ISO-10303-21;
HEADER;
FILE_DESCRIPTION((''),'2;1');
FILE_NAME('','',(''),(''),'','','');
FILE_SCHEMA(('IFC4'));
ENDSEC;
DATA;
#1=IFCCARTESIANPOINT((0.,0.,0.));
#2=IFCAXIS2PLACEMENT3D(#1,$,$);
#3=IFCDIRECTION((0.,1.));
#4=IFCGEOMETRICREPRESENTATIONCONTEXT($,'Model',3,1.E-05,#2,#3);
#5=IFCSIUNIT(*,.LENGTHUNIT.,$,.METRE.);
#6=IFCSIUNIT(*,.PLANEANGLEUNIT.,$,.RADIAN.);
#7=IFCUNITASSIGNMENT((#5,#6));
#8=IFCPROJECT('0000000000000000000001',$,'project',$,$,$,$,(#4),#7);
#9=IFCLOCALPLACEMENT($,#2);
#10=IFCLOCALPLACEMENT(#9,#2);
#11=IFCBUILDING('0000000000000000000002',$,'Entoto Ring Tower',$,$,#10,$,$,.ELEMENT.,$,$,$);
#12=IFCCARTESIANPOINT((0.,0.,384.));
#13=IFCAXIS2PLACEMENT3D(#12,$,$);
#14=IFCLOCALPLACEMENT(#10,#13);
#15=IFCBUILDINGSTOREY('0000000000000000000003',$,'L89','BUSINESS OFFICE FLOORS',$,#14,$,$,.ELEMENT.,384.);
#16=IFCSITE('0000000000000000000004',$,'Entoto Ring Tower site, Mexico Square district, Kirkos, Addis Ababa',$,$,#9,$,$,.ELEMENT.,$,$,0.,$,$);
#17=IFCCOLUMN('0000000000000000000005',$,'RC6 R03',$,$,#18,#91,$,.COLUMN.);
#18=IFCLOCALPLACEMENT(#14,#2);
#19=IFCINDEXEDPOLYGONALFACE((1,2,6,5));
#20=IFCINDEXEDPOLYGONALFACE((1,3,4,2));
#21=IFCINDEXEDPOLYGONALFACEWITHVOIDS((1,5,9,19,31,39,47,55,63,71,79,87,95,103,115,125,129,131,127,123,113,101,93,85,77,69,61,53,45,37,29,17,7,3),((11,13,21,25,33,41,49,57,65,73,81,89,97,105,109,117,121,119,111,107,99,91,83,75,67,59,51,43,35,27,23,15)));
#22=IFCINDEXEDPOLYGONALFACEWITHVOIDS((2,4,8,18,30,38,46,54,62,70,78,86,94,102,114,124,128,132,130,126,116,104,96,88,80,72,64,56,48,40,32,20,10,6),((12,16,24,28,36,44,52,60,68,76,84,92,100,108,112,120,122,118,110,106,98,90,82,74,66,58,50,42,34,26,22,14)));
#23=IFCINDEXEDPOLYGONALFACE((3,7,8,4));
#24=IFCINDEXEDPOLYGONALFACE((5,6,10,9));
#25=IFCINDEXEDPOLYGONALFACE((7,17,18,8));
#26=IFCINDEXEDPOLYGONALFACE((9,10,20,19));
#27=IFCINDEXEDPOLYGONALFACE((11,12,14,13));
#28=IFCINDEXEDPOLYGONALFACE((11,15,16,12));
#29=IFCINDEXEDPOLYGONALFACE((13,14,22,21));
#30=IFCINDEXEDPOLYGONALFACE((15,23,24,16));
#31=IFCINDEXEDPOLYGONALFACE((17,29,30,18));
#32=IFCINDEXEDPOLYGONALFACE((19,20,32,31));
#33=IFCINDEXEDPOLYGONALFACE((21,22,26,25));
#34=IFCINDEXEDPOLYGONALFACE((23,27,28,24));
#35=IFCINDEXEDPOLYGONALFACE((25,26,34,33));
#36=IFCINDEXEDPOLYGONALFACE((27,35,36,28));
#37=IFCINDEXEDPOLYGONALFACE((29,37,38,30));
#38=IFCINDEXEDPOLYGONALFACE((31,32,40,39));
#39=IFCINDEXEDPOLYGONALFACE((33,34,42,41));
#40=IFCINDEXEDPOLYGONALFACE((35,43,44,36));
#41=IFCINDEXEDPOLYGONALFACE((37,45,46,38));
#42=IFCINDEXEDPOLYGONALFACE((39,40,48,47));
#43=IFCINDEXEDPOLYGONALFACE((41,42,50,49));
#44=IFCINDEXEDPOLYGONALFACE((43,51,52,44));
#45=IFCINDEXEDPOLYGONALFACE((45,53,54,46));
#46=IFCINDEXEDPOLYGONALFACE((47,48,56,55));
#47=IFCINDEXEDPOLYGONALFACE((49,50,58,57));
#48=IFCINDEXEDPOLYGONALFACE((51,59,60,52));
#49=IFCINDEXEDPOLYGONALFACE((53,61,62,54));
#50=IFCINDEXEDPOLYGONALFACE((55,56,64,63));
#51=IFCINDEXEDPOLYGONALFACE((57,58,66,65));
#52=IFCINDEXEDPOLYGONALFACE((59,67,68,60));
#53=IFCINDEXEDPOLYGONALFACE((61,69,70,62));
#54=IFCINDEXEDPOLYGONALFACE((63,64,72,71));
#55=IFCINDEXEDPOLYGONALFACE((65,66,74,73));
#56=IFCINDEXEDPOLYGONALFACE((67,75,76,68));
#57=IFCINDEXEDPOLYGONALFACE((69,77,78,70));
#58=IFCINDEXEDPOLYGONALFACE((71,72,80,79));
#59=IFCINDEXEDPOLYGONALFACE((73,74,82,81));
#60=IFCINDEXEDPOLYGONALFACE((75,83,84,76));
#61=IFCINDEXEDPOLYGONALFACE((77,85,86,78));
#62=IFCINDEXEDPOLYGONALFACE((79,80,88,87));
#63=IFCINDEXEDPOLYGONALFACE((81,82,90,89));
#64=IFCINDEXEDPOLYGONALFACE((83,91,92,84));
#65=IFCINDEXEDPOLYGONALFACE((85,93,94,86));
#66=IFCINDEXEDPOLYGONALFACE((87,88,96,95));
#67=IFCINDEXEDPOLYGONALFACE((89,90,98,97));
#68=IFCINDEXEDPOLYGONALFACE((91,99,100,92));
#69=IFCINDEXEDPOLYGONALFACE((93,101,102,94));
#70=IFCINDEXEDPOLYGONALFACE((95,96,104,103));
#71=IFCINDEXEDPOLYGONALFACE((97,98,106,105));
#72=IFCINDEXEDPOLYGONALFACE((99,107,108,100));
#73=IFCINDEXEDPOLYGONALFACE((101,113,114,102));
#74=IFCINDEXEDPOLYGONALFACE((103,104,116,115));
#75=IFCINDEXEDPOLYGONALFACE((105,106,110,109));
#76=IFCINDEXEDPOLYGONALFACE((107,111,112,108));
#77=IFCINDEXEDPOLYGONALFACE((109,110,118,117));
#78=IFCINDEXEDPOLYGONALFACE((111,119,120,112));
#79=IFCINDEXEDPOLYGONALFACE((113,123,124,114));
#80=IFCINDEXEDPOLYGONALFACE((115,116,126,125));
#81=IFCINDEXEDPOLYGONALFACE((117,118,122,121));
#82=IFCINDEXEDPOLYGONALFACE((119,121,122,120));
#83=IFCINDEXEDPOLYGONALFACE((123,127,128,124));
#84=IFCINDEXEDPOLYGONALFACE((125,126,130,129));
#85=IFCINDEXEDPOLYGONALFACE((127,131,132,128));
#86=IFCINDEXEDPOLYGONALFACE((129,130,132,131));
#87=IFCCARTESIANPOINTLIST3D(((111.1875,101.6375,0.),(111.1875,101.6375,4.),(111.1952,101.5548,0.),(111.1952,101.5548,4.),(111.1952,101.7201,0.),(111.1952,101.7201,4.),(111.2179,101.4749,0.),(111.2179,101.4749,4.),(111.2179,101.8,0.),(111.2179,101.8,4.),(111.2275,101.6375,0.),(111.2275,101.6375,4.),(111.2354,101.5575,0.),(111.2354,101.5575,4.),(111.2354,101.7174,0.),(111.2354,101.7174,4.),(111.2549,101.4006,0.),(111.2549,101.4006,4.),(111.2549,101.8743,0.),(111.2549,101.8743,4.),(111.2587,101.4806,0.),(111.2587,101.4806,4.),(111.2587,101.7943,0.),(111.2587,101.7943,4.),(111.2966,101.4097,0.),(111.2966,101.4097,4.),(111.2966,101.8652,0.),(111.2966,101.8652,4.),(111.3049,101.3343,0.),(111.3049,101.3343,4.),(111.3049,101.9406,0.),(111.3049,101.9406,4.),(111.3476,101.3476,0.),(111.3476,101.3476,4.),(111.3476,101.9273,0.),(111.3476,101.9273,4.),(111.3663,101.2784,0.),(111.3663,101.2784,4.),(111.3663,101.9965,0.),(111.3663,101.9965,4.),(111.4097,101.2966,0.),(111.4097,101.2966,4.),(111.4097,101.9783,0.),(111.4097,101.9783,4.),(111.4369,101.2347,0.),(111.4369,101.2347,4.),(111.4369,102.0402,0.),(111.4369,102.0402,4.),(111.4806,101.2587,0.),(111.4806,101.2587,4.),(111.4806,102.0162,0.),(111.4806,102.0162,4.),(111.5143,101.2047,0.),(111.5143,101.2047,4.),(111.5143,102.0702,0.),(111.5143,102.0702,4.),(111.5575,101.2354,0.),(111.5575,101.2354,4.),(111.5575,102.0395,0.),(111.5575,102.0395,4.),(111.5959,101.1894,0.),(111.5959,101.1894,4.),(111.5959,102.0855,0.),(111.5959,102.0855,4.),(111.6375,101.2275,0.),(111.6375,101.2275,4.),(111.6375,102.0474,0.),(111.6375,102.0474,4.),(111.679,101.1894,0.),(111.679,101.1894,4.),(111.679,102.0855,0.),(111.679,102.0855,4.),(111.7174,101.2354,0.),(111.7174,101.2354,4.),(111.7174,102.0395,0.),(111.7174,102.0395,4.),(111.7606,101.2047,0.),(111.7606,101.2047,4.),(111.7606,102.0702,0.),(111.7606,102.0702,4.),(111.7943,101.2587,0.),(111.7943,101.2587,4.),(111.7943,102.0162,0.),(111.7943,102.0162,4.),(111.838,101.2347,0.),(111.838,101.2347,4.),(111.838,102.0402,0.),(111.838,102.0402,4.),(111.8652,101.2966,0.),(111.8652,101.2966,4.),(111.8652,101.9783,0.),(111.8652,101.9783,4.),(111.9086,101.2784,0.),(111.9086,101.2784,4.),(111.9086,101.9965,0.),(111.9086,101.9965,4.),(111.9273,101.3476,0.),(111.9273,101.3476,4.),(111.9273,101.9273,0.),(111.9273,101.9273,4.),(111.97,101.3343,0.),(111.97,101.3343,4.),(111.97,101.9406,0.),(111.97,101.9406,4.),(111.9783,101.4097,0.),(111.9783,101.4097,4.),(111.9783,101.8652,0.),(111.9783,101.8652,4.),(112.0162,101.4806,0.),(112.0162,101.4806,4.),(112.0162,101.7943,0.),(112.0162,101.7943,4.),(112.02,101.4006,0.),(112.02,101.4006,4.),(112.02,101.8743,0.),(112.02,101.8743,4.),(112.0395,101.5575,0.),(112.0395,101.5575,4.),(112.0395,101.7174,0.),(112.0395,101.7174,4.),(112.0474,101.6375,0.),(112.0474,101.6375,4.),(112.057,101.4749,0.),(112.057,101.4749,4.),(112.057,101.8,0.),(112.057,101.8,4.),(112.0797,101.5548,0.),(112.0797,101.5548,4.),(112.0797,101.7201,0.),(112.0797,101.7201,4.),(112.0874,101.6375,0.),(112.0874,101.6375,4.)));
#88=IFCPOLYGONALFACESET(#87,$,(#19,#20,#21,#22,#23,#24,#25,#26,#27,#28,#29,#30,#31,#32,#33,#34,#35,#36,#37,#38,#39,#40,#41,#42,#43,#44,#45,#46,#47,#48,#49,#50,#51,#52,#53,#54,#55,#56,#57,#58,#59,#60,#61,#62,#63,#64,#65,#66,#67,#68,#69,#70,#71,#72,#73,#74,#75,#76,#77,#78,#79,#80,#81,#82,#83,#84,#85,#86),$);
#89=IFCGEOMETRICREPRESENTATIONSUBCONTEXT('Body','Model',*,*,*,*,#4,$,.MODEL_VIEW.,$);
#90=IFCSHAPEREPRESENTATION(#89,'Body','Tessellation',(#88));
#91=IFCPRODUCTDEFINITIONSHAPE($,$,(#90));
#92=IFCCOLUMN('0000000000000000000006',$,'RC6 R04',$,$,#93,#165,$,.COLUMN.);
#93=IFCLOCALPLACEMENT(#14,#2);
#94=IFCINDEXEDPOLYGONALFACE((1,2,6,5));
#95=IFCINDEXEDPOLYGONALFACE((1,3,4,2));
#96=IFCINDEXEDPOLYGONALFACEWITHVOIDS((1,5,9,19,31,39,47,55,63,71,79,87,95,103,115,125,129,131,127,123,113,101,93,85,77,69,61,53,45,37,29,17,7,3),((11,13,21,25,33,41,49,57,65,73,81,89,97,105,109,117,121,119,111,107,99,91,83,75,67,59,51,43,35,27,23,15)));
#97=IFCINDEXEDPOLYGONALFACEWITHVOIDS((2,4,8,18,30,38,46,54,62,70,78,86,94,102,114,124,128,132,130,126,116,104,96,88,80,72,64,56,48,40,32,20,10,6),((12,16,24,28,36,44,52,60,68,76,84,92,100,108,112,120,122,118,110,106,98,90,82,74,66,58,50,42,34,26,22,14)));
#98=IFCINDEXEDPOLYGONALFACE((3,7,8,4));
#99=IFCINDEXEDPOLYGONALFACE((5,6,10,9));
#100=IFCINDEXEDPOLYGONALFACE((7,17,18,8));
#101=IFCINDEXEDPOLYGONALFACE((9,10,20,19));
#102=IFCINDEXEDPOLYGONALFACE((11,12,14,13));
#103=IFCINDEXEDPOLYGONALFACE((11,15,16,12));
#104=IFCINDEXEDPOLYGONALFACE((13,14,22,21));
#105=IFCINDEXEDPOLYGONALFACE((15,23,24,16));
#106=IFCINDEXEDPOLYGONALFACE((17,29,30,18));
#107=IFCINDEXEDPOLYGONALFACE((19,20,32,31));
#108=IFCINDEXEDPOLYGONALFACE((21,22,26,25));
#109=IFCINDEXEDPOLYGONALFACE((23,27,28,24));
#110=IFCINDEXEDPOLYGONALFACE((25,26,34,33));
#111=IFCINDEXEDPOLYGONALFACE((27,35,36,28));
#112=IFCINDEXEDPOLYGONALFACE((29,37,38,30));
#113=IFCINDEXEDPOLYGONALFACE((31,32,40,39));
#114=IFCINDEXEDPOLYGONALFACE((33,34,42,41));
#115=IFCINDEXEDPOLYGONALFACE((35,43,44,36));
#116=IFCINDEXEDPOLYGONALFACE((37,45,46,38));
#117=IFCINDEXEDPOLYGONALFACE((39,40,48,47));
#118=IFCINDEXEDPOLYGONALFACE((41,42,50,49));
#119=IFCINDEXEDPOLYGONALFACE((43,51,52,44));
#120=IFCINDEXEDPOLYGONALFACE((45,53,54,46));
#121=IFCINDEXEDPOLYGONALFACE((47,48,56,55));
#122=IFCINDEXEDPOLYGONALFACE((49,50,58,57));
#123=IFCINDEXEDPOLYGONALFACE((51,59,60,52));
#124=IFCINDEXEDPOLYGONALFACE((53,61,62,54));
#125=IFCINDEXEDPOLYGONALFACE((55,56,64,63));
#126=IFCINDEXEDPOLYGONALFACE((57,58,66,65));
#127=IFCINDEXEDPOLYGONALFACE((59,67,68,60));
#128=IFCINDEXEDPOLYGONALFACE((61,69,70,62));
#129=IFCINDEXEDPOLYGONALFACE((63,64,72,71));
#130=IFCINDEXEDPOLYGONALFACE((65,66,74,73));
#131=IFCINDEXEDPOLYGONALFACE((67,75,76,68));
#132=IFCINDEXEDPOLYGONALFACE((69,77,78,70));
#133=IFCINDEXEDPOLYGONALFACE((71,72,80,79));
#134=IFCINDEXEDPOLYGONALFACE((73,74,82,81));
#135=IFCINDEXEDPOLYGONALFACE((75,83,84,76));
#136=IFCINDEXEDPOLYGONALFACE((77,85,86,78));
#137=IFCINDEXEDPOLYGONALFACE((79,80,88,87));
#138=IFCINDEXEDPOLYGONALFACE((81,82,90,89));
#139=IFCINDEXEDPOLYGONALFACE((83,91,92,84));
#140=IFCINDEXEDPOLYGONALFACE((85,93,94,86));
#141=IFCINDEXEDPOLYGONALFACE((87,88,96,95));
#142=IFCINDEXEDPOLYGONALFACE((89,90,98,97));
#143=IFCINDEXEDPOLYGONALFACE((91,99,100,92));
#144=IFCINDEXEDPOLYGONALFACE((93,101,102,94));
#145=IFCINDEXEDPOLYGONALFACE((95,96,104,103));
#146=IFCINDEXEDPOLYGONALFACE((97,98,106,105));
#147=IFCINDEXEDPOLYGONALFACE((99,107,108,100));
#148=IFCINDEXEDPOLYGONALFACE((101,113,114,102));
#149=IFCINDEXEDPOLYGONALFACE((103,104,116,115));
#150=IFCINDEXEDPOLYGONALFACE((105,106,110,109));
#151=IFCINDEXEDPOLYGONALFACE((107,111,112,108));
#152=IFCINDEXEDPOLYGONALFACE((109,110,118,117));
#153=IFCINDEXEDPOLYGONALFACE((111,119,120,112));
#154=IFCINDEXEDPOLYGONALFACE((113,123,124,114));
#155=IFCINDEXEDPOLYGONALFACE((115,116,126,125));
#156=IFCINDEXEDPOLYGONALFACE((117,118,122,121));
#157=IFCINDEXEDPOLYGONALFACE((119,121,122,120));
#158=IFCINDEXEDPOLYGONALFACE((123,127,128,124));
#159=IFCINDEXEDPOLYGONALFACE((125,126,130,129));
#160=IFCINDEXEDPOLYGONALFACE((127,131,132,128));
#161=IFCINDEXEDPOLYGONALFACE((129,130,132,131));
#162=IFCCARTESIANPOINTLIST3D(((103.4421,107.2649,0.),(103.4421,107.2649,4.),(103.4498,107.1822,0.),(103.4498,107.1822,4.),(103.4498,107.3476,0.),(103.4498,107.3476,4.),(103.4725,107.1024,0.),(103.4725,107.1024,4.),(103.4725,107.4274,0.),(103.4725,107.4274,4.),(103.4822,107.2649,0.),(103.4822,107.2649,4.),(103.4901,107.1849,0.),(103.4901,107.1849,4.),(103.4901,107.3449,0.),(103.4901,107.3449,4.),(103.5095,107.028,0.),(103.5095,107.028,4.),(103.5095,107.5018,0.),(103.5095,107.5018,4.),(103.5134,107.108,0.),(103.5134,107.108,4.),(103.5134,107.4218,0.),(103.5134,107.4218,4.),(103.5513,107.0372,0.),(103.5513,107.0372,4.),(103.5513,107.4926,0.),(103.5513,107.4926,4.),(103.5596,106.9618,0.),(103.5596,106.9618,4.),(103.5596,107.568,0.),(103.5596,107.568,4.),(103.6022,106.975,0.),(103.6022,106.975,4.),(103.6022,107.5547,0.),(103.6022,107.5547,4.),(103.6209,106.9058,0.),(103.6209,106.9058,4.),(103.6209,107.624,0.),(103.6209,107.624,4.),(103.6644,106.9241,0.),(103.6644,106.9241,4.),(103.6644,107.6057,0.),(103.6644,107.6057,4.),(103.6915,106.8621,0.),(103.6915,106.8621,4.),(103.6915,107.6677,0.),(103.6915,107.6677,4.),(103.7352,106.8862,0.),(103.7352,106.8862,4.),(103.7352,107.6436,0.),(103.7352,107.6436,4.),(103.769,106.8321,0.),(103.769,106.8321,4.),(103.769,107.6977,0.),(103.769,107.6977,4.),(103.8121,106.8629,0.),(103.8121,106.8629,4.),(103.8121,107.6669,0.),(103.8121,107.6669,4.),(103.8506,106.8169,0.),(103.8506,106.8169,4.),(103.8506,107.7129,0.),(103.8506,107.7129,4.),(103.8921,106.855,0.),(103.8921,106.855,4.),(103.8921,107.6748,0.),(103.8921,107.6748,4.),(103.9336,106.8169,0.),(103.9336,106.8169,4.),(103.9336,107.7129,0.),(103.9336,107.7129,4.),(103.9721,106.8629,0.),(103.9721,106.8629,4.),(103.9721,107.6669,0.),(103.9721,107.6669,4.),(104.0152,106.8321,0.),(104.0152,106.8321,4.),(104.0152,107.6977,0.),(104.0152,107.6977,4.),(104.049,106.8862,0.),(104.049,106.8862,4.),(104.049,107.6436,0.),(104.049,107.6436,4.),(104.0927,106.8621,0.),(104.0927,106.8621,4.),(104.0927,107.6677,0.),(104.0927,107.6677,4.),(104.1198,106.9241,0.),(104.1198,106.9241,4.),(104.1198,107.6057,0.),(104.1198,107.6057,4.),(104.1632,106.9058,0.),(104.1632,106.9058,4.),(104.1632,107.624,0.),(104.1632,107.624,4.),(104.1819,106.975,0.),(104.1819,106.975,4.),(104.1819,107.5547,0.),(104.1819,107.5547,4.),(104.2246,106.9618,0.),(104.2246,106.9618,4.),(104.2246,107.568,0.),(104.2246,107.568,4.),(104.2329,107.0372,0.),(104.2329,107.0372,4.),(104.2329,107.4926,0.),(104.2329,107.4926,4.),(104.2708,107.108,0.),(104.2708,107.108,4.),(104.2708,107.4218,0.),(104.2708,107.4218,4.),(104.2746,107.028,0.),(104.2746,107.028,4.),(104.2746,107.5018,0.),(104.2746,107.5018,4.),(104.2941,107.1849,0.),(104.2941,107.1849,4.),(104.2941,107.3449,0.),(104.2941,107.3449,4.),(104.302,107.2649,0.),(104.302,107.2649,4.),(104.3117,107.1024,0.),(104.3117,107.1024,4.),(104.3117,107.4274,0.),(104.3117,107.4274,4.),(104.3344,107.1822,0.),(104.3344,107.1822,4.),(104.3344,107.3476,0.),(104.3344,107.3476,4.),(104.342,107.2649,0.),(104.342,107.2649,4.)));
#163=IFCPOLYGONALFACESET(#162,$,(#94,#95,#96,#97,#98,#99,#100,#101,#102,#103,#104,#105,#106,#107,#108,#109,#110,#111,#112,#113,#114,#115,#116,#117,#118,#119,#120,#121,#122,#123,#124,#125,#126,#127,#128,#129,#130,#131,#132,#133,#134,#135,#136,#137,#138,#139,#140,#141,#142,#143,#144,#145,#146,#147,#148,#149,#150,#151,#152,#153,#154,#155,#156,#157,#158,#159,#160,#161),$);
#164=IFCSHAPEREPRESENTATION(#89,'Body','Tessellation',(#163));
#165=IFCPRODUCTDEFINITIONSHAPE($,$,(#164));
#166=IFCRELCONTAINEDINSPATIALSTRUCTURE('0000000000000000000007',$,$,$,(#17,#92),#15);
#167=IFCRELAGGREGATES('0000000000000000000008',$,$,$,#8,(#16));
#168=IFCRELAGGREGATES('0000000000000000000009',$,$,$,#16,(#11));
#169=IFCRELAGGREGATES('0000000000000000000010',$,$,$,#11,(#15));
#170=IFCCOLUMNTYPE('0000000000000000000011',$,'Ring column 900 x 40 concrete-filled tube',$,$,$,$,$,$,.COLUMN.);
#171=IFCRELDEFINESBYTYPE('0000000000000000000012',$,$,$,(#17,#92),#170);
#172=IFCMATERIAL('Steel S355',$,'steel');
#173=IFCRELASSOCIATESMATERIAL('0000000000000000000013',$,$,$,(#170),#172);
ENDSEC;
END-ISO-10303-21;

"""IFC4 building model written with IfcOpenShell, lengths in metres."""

from ifc_helpers import new_model, si_unit, direction, frame, origin, origin_2d, place, context, subcontext, project, spatial, circle, hollow_circle, extrude, material, material_profile, profile_set, type_object, element, save


model = new_model("IFC4")

# Units and contexts
model_context = context("Model", 3, precision=1e-05, world=origin(), true_north=direction((0.0, 1.0)))
body_context = subcontext(model_context, "Body", "Model", "MODEL_VIEW")
ifc_project = project(units=[si_unit("LENGTHUNIT", "METRE"), si_unit("PLANEANGLEUNIT", "RADIAN")], contexts=[model_context])

# Site, building, storey
site_placement = place(None, origin())
site = spatial("IfcSite", under=ifc_project, at=site_placement, Name="Entoto Ring Tower site, Mexico Square district, Kirkos, Addis Ababa", CompositionType="ELEMENT", RefElevation=0.0)
building_placement = place(site_placement, origin())
building = spatial("IfcBuilding", under=site, at=building_placement, Name="Entoto Ring Tower", CompositionType="ELEMENT")
storey_placement = place(building_placement, frame((0.0, 0.0, 384.0)))
storey = spatial("IfcBuildingStorey", under=building, at=storey_placement, Name="L89", Description="BUSINESS OFFICE FLOORS", CompositionType="ELEMENT", Elevation=384.0)

# Columns
ifc_material_1 = material(Name="Steel S355", Category="steel")
ifc_material_profile_1 = material_profile(ifc_material_1, hollow_circle(Radius=0.45, WallThickness=0.04, at=origin_2d()), Name="CHS 900 x 40")
ifc_material_2 = material(Name="Concrete C60/75", Category="concrete")
ifc_material_profile_2 = material_profile(ifc_material_2, circle(Radius=0.4099, at=origin_2d()), Name="Concrete C60/75 infill")
ifc_profile_set_1 = profile_set([ifc_material_profile_1, ifc_material_profile_2], Name="Steel S355")
column_type = type_object("IfcColumnType", Name="Ring column 900 x 40 concrete-filled tube", PredefinedType="COLUMN", material=ifc_profile_set_1)
for number, where, z_axis, x_axis, name in (
    (1, (111.6375, 101.6375, 0.0), (0.0, 0.0, 1.0), (1.0, 0.0, 0.0), "RC6 R03"),
    (2, (103.8921, 107.2649, 0.0), (0.0, 0.0, 1.0), (1.0, 0.0, 0.0), "RC6 R04"),
):
    element("IfcColumn", number, at=place(storey_placement, frame(where, z_axis=z_axis, x_axis=x_axis)), inside=storey, type_object=column_type, Name=name, PredefinedType="COLUMN", context=body_context, shape_type="SweptSolid", body=[
        extrude(hollow_circle(Radius=0.45, WallThickness=0.04, at=origin_2d()), origin(), (0.0, 0.0, 1.0), 4.0),
    ])

save(model, "model.ifc")
